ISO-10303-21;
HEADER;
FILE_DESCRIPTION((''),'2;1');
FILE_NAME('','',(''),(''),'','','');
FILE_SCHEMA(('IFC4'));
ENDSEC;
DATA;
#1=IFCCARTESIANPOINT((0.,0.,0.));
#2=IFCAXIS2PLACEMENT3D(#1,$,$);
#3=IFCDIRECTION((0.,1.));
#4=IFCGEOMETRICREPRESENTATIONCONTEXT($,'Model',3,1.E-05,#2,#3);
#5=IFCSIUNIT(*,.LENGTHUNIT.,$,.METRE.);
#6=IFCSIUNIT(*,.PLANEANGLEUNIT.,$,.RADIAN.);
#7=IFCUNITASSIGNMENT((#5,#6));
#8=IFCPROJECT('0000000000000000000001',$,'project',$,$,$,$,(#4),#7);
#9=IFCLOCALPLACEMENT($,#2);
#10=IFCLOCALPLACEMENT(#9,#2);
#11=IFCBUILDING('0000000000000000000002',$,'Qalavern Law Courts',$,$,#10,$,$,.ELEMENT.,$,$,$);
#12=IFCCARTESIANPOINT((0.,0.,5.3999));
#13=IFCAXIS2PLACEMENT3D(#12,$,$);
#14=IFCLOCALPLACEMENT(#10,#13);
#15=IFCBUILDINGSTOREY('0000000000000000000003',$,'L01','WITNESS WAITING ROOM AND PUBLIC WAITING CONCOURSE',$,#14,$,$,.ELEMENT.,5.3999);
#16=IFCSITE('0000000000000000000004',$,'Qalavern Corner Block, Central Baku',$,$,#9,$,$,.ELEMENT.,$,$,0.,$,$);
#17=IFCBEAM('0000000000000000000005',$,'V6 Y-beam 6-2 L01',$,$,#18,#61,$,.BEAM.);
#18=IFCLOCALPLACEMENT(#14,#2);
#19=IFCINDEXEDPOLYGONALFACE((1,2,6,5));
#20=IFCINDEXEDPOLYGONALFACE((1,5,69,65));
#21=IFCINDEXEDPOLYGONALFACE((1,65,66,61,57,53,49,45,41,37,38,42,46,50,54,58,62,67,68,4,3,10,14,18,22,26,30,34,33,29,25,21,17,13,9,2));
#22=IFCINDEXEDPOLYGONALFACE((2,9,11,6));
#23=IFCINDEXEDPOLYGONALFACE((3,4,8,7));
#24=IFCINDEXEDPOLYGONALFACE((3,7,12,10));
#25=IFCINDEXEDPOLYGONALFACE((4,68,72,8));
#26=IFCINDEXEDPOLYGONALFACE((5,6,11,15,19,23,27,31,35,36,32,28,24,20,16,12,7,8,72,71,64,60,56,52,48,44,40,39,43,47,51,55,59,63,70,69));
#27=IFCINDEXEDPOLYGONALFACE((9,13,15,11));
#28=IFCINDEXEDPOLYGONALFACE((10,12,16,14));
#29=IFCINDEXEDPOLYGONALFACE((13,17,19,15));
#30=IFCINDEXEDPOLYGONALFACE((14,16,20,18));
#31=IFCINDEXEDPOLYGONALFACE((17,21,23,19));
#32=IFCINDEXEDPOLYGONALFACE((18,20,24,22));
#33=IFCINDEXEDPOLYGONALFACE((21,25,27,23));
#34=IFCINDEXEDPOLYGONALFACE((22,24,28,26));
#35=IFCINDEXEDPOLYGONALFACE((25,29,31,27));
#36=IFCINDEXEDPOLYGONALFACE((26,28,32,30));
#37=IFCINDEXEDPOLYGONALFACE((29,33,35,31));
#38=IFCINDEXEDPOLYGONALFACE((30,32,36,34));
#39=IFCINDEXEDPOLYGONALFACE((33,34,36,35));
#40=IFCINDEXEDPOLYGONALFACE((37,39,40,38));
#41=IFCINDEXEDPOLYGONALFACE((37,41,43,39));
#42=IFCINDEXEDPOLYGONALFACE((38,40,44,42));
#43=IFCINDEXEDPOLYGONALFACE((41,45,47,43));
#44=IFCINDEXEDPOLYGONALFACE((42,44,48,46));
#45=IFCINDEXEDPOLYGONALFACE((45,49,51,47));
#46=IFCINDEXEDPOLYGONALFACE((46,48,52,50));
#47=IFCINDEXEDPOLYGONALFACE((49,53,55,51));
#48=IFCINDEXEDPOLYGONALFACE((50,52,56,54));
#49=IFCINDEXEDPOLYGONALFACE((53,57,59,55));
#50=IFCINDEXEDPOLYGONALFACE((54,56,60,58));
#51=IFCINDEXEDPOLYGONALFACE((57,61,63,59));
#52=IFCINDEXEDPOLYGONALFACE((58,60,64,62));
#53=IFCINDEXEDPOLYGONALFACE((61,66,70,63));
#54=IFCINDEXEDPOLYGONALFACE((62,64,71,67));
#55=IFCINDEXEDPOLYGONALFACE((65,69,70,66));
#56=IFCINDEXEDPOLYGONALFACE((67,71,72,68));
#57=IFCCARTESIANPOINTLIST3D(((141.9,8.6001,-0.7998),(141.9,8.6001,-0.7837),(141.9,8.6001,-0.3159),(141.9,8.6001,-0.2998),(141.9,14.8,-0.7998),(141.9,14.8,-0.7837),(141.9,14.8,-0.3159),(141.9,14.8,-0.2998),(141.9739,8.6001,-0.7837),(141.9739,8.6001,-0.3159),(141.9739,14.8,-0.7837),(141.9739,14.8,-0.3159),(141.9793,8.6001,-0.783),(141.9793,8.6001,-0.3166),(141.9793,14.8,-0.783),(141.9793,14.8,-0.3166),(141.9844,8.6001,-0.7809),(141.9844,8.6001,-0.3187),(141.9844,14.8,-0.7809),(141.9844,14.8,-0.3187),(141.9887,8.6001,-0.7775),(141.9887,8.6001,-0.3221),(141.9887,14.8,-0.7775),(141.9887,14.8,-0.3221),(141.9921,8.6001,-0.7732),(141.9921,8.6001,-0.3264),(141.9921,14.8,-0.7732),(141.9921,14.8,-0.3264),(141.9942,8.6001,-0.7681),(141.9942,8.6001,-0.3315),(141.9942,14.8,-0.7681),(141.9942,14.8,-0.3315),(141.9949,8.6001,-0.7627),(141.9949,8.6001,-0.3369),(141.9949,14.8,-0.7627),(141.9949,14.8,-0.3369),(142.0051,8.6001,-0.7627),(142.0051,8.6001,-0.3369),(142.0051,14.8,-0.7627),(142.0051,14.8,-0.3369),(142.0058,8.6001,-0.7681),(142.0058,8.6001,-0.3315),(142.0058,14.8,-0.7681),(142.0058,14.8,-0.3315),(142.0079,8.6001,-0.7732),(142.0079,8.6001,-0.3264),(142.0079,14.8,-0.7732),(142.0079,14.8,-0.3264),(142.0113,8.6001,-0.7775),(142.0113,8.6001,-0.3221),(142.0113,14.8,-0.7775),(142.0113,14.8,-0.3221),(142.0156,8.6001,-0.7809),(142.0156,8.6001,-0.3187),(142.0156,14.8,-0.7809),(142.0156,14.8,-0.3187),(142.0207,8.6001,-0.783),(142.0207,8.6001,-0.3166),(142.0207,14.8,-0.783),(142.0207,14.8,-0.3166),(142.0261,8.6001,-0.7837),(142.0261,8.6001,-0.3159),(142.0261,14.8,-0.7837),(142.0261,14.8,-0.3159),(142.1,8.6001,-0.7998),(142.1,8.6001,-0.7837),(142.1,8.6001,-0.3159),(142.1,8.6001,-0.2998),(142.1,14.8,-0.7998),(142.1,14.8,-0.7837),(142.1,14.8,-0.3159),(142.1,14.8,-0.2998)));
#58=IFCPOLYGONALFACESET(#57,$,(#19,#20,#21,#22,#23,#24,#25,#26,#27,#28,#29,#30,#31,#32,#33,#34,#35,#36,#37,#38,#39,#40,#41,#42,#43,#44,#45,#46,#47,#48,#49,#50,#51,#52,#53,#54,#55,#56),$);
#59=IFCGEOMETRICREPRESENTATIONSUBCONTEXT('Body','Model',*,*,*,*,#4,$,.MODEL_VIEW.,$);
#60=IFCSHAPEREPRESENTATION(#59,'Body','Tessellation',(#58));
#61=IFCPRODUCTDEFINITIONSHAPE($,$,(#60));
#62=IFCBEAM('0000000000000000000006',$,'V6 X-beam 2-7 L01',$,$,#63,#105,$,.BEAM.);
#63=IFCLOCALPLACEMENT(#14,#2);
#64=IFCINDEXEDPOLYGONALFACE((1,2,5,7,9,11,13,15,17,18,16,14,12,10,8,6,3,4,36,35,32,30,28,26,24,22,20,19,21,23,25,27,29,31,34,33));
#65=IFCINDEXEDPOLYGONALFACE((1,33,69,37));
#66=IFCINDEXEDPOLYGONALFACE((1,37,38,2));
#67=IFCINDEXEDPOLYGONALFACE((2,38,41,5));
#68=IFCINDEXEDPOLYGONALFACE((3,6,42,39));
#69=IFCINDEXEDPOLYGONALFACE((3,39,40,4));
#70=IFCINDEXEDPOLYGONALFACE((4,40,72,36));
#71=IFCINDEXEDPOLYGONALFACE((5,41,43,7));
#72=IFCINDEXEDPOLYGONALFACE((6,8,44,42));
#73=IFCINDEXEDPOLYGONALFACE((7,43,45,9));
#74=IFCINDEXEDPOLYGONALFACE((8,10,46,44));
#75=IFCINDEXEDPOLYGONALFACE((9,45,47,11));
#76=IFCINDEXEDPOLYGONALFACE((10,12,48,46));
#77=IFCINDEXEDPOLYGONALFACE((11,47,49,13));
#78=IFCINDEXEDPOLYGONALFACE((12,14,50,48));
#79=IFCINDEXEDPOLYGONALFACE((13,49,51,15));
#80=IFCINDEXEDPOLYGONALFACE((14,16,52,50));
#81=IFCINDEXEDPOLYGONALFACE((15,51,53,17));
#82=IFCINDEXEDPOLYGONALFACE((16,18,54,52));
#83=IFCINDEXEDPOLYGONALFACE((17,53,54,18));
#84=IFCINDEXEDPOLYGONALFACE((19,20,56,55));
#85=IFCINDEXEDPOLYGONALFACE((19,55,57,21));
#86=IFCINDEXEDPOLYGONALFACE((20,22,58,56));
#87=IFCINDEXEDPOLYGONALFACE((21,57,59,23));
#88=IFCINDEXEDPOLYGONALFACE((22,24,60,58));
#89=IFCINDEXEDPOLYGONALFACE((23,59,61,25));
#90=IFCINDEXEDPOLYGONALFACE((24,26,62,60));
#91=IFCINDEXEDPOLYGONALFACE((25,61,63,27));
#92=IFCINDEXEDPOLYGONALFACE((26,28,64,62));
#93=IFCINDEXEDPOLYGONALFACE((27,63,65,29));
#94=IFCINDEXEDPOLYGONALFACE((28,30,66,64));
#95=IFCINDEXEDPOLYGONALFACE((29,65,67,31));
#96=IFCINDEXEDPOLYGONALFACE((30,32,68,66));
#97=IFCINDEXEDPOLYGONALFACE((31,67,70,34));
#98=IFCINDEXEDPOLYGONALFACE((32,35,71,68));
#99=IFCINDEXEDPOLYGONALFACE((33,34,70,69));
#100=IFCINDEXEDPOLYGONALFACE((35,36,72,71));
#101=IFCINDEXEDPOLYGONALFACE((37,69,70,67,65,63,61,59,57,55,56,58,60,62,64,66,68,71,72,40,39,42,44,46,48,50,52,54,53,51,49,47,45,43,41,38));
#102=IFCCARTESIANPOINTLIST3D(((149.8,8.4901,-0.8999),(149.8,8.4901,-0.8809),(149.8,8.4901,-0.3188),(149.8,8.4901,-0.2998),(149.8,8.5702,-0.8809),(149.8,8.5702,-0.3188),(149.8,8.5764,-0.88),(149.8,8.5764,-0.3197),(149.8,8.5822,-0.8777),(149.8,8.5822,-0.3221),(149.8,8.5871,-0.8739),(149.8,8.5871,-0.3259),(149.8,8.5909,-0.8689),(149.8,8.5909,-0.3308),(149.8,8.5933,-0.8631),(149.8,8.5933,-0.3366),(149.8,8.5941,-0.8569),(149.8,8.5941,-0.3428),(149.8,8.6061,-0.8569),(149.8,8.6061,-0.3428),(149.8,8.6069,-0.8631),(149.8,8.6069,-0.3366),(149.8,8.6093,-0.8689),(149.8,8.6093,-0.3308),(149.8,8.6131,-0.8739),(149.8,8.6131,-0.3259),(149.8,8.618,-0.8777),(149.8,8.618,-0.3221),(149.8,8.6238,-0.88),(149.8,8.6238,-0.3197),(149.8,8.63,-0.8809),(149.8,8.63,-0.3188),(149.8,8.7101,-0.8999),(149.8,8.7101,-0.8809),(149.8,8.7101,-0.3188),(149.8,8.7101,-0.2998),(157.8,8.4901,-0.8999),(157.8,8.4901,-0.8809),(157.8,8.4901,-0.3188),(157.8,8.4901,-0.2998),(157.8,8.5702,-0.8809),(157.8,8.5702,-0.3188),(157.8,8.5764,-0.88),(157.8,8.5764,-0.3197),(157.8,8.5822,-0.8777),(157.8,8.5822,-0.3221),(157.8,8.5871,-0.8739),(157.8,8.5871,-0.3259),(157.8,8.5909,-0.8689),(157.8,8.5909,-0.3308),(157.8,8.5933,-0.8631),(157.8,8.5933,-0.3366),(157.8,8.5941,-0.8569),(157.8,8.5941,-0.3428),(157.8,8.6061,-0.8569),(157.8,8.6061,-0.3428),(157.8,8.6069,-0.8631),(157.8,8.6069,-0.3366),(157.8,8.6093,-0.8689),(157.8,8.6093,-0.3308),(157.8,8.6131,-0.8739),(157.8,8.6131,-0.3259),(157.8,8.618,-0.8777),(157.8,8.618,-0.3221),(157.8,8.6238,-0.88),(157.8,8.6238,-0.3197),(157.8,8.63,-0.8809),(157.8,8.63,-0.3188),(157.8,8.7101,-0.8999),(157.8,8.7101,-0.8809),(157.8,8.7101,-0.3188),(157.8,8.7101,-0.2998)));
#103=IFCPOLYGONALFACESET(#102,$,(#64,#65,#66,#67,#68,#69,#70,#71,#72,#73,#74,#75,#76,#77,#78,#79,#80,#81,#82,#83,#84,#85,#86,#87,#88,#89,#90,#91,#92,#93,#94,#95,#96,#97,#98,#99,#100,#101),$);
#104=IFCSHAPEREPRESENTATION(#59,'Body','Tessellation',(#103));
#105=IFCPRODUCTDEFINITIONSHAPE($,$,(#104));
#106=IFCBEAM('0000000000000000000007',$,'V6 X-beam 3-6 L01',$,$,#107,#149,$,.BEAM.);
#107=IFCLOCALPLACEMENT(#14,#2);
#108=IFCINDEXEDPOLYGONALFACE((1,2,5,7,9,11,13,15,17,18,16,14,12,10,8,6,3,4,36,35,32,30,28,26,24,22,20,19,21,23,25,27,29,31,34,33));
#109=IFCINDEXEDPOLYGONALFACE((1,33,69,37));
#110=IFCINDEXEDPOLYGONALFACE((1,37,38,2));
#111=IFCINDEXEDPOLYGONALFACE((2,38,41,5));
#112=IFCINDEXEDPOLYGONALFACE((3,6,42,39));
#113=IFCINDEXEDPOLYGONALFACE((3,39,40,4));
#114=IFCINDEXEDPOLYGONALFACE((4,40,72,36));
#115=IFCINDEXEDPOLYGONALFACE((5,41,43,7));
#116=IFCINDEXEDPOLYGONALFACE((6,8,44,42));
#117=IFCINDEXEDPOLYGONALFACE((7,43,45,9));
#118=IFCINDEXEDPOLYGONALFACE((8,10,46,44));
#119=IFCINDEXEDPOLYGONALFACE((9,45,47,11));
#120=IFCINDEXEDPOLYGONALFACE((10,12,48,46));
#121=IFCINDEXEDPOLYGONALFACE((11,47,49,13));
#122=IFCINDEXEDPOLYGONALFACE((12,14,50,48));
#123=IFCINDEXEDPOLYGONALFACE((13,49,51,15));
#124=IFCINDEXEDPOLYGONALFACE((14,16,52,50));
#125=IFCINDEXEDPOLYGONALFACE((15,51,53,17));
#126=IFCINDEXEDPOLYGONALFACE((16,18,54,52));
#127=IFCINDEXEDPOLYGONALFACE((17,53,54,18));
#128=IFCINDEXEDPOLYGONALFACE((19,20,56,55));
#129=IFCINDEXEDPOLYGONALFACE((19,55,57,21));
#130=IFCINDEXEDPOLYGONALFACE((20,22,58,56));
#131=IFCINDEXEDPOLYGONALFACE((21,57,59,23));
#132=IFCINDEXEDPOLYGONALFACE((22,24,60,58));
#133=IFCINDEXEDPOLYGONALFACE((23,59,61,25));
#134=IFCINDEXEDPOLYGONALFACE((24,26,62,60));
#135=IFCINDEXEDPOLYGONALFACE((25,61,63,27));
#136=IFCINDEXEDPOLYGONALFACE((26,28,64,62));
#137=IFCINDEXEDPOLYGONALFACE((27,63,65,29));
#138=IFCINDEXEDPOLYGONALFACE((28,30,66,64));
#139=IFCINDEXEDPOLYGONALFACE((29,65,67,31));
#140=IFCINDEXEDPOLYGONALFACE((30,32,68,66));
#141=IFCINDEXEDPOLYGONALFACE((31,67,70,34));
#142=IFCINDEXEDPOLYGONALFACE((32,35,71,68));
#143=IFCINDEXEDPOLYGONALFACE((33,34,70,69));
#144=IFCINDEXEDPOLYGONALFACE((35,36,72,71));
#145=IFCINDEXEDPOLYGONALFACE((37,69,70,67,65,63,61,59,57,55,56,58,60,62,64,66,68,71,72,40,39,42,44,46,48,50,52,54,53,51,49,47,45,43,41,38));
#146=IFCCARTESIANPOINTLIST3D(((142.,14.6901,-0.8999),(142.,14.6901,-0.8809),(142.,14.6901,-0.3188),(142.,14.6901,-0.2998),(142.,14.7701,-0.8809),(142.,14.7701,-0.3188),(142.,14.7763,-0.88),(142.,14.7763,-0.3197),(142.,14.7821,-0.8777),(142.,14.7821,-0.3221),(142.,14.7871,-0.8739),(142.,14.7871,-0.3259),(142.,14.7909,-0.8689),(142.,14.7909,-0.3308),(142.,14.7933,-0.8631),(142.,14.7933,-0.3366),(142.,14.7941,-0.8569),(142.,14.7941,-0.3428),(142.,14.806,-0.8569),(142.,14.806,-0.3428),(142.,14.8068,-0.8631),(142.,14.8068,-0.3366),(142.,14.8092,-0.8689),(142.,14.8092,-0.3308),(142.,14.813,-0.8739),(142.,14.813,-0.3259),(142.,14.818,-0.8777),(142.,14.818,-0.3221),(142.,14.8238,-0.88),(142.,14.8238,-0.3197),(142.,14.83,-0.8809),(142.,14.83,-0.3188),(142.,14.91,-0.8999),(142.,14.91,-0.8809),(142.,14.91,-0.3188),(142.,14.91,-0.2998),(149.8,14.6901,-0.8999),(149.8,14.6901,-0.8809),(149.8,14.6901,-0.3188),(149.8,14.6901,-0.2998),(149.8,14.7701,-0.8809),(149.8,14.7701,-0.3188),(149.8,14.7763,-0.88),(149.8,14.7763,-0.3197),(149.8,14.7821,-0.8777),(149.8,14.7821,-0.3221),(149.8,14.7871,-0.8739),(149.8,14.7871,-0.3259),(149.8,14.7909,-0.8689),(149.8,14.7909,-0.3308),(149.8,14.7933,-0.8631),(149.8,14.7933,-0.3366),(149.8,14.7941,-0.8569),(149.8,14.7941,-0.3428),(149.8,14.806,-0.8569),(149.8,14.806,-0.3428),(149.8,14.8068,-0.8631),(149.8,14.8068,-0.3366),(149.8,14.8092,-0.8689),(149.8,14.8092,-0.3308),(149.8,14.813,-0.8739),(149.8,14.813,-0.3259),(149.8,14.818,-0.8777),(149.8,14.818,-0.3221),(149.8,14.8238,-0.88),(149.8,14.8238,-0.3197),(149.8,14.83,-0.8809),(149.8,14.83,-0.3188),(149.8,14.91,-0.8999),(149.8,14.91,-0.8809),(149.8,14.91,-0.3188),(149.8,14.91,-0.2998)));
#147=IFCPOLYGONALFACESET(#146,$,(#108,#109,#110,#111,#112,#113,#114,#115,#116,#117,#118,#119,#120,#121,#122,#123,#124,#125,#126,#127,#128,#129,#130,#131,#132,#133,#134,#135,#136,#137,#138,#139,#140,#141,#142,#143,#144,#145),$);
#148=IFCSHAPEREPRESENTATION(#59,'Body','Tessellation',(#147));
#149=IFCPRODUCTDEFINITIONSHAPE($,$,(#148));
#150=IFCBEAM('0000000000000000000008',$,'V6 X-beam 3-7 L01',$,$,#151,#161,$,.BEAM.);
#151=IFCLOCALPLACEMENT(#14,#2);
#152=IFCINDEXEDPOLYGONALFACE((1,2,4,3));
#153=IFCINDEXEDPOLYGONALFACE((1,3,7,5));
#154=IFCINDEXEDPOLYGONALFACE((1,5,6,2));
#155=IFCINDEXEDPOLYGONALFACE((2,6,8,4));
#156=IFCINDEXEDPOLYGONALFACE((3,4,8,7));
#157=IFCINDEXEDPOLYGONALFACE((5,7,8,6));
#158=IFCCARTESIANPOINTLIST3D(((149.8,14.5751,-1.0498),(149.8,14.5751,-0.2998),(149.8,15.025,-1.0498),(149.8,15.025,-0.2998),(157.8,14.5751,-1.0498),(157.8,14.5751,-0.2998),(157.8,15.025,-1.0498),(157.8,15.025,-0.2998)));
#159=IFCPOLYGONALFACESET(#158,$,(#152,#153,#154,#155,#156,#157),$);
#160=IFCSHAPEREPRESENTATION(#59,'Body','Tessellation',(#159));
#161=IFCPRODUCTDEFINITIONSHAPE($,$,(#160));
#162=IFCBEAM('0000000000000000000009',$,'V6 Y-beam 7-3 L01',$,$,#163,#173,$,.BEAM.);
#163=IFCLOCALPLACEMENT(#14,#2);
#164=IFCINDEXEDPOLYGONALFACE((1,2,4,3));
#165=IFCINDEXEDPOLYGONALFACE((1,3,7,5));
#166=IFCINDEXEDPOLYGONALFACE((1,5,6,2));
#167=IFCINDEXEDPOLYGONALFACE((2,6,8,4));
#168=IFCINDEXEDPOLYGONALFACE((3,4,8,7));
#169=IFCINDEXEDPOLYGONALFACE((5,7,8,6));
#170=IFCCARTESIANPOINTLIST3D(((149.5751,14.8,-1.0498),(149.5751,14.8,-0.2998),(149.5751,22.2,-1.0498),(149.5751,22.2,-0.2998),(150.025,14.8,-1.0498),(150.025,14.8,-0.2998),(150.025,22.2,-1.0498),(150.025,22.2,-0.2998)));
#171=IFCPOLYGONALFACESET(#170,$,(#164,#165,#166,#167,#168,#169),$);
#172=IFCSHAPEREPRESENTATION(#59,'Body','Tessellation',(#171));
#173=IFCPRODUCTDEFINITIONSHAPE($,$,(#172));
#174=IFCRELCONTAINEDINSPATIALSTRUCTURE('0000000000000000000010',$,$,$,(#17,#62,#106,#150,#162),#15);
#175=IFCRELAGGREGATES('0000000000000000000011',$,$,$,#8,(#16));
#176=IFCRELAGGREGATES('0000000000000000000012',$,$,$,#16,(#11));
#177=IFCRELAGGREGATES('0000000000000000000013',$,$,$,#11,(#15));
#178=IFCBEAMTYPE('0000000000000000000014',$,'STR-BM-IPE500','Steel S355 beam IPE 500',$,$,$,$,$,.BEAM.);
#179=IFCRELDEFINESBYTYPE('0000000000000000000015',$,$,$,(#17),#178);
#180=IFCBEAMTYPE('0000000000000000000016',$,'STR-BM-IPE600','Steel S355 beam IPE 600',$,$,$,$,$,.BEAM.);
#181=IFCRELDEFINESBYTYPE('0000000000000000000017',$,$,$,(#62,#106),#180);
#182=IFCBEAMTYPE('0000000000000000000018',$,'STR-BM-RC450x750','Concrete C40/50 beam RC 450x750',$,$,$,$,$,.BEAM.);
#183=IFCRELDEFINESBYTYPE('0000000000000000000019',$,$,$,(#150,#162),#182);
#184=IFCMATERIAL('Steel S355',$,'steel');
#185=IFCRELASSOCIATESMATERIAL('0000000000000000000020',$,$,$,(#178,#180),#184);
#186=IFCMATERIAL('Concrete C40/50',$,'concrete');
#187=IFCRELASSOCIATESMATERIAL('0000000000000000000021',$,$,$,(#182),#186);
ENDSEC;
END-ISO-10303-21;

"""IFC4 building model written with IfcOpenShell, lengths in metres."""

from ifc_helpers import new_model, si_unit, direction, frame, origin, origin_2d, place, context, subcontext, project, spatial, rectangle, i_section, extrude, material, material_profile, profile_set, type_object, element, save


model = new_model("IFC4")

# Units and contexts
model_context = context("Model", 3, precision=1e-05, world=origin(), true_north=direction((0.0, 1.0)))
body_context = subcontext(model_context, "Body", "Model", "MODEL_VIEW")
ifc_project = project(units=[si_unit("LENGTHUNIT", "METRE"), si_unit("PLANEANGLEUNIT", "RADIAN")], contexts=[model_context])

# Site, building, storey
site_placement = place(None, origin())
site = spatial("IfcSite", under=ifc_project, at=site_placement, Name="Qalavern Corner Block, Central Baku", CompositionType="ELEMENT", RefElevation=0.0)
building_placement = place(site_placement, origin())
building = spatial("IfcBuilding", under=site, at=building_placement, Name="Qalavern Law Courts", CompositionType="ELEMENT")
storey_placement = place(building_placement, frame((0.0, 0.0, 5.3999)))
storey = spatial("IfcBuildingStorey", under=building, at=storey_placement, Name="L01", Description="WITNESS WAITING ROOM AND PUBLIC WAITING CONCOURSE", CompositionType="ELEMENT", Elevation=5.3999)

# Beams
ifc_material_1 = material(Name="Steel S355", Category="steel")
ifc_material_profile_1 = material_profile(ifc_material_1, i_section(OverallWidth=0.2, OverallDepth=0.5, WebThickness=0.0103, FlangeThickness=0.0161, FilletRadius=0.021, at=origin_2d()), Name="IPE 500")
ifc_profile_set_1 = profile_set([ifc_material_profile_1], Name="Steel S355")
beam_type_1 = type_object("IfcBeamType", Name="STR-BM-IPE500", Description="Steel S355 beam IPE 500", PredefinedType="BEAM", material=ifc_profile_set_1)
beam_1_placement = place(storey_placement, frame((142.0, 8.6001, -0.5498), z_axis=(0.0, 1.0, 0.0), x_axis=(-1.0, 0.0, 0.0)))
element("IfcBeam", 1, at=beam_1_placement, inside=storey, type_object=beam_type_1, Name="V6 Y-beam 6-2 L01", PredefinedType="BEAM", context=body_context, shape_type="SweptSolid", body=[
    extrude(i_section(OverallWidth=0.2, OverallDepth=0.5, WebThickness=0.0103, FlangeThickness=0.0161, FilletRadius=0.021, at=origin_2d()), origin(), (0.0, 0.0, 1.0), 6.2),
])
ifc_material_profile_2 = material_profile(ifc_material_1, i_section(OverallWidth=0.22, OverallDepth=0.6001, WebThickness=0.012, FlangeThickness=0.019, FilletRadius=0.0239, at=origin_2d()), Name="IPE 600")
ifc_profile_set_2 = profile_set([ifc_material_profile_2], Name="Steel S355")
beam_type_2 = type_object("IfcBeamType", Name="STR-BM-IPE600", Description="Steel S355 beam IPE 600", PredefinedType="BEAM", material=ifc_profile_set_2)
beam_2_placement = place(storey_placement, frame((149.8, 8.6001, -0.5999), z_axis=(1.0, 0.0, 0.0), x_axis=(0.0, 1.0, 0.0)))
element("IfcBeam", 2, at=beam_2_placement, inside=storey, type_object=beam_type_2, Name="V6 X-beam 2-7 L01", PredefinedType="BEAM", context=body_context, shape_type="SweptSolid", body=[
    extrude(i_section(OverallWidth=0.22, OverallDepth=0.6001, WebThickness=0.012, FlangeThickness=0.019, FilletRadius=0.0239, at=origin_2d()), origin(), (0.0, 0.0, 1.0), 8.0),
])
beam_3_placement = place(storey_placement, frame((142.0, 14.8, -0.5999), z_axis=(1.0, 0.0, 0.0), x_axis=(0.0, 1.0, 0.0)))
element("IfcBeam", 3, at=beam_3_placement, inside=storey, type_object=beam_type_2, Name="V6 X-beam 3-6 L01", PredefinedType="BEAM", context=body_context, shape_type="SweptSolid", body=[
    extrude(i_section(OverallWidth=0.22, OverallDepth=0.6001, WebThickness=0.012, FlangeThickness=0.019, FilletRadius=0.0239, at=origin_2d()), origin(), (0.0, 0.0, 1.0), 7.8),
])
ifc_material_2 = material(Name="Concrete C40/50", Category="concrete")
ifc_material_profile_3 = material_profile(ifc_material_2, rectangle(XDim=0.45, YDim=0.75, at=origin_2d()), Name="RC 450x750")
ifc_profile_set_3 = profile_set([ifc_material_profile_3], Name="Concrete C40/50")
beam_type_3 = type_object("IfcBeamType", Name="STR-BM-RC450x750", Description="Concrete C40/50 beam RC 450x750", PredefinedType="BEAM", material=ifc_profile_set_3)
beam_4_placement = place(storey_placement, frame((149.8, 14.8, -0.6748), z_axis=(1.0, 0.0, 0.0), x_axis=(0.0, 1.0, 0.0)))
element("IfcBeam", 4, at=beam_4_placement, inside=storey, type_object=beam_type_3, Name="V6 X-beam 3-7 L01", PredefinedType="BEAM", context=body_context, shape_type="SweptSolid", body=[
    extrude(rectangle(XDim=0.45, YDim=0.75, at=origin_2d()), origin(), (0.0, 0.0, 1.0), 8.0),
])
beam_5_placement = place(storey_placement, frame((149.8, 14.8, -0.6748), z_axis=(0.0, 1.0, 0.0), x_axis=(-1.0, 0.0, 0.0)))
element("IfcBeam", 5, at=beam_5_placement, inside=storey, type_object=beam_type_3, Name="V6 Y-beam 7-3 L01", PredefinedType="BEAM", context=body_context, shape_type="SweptSolid", body=[
    extrude(rectangle(XDim=0.45, YDim=0.75, at=origin_2d()), origin(), (0.0, 0.0, 1.0), 7.3999),
])

save(model, "model.ifc")
